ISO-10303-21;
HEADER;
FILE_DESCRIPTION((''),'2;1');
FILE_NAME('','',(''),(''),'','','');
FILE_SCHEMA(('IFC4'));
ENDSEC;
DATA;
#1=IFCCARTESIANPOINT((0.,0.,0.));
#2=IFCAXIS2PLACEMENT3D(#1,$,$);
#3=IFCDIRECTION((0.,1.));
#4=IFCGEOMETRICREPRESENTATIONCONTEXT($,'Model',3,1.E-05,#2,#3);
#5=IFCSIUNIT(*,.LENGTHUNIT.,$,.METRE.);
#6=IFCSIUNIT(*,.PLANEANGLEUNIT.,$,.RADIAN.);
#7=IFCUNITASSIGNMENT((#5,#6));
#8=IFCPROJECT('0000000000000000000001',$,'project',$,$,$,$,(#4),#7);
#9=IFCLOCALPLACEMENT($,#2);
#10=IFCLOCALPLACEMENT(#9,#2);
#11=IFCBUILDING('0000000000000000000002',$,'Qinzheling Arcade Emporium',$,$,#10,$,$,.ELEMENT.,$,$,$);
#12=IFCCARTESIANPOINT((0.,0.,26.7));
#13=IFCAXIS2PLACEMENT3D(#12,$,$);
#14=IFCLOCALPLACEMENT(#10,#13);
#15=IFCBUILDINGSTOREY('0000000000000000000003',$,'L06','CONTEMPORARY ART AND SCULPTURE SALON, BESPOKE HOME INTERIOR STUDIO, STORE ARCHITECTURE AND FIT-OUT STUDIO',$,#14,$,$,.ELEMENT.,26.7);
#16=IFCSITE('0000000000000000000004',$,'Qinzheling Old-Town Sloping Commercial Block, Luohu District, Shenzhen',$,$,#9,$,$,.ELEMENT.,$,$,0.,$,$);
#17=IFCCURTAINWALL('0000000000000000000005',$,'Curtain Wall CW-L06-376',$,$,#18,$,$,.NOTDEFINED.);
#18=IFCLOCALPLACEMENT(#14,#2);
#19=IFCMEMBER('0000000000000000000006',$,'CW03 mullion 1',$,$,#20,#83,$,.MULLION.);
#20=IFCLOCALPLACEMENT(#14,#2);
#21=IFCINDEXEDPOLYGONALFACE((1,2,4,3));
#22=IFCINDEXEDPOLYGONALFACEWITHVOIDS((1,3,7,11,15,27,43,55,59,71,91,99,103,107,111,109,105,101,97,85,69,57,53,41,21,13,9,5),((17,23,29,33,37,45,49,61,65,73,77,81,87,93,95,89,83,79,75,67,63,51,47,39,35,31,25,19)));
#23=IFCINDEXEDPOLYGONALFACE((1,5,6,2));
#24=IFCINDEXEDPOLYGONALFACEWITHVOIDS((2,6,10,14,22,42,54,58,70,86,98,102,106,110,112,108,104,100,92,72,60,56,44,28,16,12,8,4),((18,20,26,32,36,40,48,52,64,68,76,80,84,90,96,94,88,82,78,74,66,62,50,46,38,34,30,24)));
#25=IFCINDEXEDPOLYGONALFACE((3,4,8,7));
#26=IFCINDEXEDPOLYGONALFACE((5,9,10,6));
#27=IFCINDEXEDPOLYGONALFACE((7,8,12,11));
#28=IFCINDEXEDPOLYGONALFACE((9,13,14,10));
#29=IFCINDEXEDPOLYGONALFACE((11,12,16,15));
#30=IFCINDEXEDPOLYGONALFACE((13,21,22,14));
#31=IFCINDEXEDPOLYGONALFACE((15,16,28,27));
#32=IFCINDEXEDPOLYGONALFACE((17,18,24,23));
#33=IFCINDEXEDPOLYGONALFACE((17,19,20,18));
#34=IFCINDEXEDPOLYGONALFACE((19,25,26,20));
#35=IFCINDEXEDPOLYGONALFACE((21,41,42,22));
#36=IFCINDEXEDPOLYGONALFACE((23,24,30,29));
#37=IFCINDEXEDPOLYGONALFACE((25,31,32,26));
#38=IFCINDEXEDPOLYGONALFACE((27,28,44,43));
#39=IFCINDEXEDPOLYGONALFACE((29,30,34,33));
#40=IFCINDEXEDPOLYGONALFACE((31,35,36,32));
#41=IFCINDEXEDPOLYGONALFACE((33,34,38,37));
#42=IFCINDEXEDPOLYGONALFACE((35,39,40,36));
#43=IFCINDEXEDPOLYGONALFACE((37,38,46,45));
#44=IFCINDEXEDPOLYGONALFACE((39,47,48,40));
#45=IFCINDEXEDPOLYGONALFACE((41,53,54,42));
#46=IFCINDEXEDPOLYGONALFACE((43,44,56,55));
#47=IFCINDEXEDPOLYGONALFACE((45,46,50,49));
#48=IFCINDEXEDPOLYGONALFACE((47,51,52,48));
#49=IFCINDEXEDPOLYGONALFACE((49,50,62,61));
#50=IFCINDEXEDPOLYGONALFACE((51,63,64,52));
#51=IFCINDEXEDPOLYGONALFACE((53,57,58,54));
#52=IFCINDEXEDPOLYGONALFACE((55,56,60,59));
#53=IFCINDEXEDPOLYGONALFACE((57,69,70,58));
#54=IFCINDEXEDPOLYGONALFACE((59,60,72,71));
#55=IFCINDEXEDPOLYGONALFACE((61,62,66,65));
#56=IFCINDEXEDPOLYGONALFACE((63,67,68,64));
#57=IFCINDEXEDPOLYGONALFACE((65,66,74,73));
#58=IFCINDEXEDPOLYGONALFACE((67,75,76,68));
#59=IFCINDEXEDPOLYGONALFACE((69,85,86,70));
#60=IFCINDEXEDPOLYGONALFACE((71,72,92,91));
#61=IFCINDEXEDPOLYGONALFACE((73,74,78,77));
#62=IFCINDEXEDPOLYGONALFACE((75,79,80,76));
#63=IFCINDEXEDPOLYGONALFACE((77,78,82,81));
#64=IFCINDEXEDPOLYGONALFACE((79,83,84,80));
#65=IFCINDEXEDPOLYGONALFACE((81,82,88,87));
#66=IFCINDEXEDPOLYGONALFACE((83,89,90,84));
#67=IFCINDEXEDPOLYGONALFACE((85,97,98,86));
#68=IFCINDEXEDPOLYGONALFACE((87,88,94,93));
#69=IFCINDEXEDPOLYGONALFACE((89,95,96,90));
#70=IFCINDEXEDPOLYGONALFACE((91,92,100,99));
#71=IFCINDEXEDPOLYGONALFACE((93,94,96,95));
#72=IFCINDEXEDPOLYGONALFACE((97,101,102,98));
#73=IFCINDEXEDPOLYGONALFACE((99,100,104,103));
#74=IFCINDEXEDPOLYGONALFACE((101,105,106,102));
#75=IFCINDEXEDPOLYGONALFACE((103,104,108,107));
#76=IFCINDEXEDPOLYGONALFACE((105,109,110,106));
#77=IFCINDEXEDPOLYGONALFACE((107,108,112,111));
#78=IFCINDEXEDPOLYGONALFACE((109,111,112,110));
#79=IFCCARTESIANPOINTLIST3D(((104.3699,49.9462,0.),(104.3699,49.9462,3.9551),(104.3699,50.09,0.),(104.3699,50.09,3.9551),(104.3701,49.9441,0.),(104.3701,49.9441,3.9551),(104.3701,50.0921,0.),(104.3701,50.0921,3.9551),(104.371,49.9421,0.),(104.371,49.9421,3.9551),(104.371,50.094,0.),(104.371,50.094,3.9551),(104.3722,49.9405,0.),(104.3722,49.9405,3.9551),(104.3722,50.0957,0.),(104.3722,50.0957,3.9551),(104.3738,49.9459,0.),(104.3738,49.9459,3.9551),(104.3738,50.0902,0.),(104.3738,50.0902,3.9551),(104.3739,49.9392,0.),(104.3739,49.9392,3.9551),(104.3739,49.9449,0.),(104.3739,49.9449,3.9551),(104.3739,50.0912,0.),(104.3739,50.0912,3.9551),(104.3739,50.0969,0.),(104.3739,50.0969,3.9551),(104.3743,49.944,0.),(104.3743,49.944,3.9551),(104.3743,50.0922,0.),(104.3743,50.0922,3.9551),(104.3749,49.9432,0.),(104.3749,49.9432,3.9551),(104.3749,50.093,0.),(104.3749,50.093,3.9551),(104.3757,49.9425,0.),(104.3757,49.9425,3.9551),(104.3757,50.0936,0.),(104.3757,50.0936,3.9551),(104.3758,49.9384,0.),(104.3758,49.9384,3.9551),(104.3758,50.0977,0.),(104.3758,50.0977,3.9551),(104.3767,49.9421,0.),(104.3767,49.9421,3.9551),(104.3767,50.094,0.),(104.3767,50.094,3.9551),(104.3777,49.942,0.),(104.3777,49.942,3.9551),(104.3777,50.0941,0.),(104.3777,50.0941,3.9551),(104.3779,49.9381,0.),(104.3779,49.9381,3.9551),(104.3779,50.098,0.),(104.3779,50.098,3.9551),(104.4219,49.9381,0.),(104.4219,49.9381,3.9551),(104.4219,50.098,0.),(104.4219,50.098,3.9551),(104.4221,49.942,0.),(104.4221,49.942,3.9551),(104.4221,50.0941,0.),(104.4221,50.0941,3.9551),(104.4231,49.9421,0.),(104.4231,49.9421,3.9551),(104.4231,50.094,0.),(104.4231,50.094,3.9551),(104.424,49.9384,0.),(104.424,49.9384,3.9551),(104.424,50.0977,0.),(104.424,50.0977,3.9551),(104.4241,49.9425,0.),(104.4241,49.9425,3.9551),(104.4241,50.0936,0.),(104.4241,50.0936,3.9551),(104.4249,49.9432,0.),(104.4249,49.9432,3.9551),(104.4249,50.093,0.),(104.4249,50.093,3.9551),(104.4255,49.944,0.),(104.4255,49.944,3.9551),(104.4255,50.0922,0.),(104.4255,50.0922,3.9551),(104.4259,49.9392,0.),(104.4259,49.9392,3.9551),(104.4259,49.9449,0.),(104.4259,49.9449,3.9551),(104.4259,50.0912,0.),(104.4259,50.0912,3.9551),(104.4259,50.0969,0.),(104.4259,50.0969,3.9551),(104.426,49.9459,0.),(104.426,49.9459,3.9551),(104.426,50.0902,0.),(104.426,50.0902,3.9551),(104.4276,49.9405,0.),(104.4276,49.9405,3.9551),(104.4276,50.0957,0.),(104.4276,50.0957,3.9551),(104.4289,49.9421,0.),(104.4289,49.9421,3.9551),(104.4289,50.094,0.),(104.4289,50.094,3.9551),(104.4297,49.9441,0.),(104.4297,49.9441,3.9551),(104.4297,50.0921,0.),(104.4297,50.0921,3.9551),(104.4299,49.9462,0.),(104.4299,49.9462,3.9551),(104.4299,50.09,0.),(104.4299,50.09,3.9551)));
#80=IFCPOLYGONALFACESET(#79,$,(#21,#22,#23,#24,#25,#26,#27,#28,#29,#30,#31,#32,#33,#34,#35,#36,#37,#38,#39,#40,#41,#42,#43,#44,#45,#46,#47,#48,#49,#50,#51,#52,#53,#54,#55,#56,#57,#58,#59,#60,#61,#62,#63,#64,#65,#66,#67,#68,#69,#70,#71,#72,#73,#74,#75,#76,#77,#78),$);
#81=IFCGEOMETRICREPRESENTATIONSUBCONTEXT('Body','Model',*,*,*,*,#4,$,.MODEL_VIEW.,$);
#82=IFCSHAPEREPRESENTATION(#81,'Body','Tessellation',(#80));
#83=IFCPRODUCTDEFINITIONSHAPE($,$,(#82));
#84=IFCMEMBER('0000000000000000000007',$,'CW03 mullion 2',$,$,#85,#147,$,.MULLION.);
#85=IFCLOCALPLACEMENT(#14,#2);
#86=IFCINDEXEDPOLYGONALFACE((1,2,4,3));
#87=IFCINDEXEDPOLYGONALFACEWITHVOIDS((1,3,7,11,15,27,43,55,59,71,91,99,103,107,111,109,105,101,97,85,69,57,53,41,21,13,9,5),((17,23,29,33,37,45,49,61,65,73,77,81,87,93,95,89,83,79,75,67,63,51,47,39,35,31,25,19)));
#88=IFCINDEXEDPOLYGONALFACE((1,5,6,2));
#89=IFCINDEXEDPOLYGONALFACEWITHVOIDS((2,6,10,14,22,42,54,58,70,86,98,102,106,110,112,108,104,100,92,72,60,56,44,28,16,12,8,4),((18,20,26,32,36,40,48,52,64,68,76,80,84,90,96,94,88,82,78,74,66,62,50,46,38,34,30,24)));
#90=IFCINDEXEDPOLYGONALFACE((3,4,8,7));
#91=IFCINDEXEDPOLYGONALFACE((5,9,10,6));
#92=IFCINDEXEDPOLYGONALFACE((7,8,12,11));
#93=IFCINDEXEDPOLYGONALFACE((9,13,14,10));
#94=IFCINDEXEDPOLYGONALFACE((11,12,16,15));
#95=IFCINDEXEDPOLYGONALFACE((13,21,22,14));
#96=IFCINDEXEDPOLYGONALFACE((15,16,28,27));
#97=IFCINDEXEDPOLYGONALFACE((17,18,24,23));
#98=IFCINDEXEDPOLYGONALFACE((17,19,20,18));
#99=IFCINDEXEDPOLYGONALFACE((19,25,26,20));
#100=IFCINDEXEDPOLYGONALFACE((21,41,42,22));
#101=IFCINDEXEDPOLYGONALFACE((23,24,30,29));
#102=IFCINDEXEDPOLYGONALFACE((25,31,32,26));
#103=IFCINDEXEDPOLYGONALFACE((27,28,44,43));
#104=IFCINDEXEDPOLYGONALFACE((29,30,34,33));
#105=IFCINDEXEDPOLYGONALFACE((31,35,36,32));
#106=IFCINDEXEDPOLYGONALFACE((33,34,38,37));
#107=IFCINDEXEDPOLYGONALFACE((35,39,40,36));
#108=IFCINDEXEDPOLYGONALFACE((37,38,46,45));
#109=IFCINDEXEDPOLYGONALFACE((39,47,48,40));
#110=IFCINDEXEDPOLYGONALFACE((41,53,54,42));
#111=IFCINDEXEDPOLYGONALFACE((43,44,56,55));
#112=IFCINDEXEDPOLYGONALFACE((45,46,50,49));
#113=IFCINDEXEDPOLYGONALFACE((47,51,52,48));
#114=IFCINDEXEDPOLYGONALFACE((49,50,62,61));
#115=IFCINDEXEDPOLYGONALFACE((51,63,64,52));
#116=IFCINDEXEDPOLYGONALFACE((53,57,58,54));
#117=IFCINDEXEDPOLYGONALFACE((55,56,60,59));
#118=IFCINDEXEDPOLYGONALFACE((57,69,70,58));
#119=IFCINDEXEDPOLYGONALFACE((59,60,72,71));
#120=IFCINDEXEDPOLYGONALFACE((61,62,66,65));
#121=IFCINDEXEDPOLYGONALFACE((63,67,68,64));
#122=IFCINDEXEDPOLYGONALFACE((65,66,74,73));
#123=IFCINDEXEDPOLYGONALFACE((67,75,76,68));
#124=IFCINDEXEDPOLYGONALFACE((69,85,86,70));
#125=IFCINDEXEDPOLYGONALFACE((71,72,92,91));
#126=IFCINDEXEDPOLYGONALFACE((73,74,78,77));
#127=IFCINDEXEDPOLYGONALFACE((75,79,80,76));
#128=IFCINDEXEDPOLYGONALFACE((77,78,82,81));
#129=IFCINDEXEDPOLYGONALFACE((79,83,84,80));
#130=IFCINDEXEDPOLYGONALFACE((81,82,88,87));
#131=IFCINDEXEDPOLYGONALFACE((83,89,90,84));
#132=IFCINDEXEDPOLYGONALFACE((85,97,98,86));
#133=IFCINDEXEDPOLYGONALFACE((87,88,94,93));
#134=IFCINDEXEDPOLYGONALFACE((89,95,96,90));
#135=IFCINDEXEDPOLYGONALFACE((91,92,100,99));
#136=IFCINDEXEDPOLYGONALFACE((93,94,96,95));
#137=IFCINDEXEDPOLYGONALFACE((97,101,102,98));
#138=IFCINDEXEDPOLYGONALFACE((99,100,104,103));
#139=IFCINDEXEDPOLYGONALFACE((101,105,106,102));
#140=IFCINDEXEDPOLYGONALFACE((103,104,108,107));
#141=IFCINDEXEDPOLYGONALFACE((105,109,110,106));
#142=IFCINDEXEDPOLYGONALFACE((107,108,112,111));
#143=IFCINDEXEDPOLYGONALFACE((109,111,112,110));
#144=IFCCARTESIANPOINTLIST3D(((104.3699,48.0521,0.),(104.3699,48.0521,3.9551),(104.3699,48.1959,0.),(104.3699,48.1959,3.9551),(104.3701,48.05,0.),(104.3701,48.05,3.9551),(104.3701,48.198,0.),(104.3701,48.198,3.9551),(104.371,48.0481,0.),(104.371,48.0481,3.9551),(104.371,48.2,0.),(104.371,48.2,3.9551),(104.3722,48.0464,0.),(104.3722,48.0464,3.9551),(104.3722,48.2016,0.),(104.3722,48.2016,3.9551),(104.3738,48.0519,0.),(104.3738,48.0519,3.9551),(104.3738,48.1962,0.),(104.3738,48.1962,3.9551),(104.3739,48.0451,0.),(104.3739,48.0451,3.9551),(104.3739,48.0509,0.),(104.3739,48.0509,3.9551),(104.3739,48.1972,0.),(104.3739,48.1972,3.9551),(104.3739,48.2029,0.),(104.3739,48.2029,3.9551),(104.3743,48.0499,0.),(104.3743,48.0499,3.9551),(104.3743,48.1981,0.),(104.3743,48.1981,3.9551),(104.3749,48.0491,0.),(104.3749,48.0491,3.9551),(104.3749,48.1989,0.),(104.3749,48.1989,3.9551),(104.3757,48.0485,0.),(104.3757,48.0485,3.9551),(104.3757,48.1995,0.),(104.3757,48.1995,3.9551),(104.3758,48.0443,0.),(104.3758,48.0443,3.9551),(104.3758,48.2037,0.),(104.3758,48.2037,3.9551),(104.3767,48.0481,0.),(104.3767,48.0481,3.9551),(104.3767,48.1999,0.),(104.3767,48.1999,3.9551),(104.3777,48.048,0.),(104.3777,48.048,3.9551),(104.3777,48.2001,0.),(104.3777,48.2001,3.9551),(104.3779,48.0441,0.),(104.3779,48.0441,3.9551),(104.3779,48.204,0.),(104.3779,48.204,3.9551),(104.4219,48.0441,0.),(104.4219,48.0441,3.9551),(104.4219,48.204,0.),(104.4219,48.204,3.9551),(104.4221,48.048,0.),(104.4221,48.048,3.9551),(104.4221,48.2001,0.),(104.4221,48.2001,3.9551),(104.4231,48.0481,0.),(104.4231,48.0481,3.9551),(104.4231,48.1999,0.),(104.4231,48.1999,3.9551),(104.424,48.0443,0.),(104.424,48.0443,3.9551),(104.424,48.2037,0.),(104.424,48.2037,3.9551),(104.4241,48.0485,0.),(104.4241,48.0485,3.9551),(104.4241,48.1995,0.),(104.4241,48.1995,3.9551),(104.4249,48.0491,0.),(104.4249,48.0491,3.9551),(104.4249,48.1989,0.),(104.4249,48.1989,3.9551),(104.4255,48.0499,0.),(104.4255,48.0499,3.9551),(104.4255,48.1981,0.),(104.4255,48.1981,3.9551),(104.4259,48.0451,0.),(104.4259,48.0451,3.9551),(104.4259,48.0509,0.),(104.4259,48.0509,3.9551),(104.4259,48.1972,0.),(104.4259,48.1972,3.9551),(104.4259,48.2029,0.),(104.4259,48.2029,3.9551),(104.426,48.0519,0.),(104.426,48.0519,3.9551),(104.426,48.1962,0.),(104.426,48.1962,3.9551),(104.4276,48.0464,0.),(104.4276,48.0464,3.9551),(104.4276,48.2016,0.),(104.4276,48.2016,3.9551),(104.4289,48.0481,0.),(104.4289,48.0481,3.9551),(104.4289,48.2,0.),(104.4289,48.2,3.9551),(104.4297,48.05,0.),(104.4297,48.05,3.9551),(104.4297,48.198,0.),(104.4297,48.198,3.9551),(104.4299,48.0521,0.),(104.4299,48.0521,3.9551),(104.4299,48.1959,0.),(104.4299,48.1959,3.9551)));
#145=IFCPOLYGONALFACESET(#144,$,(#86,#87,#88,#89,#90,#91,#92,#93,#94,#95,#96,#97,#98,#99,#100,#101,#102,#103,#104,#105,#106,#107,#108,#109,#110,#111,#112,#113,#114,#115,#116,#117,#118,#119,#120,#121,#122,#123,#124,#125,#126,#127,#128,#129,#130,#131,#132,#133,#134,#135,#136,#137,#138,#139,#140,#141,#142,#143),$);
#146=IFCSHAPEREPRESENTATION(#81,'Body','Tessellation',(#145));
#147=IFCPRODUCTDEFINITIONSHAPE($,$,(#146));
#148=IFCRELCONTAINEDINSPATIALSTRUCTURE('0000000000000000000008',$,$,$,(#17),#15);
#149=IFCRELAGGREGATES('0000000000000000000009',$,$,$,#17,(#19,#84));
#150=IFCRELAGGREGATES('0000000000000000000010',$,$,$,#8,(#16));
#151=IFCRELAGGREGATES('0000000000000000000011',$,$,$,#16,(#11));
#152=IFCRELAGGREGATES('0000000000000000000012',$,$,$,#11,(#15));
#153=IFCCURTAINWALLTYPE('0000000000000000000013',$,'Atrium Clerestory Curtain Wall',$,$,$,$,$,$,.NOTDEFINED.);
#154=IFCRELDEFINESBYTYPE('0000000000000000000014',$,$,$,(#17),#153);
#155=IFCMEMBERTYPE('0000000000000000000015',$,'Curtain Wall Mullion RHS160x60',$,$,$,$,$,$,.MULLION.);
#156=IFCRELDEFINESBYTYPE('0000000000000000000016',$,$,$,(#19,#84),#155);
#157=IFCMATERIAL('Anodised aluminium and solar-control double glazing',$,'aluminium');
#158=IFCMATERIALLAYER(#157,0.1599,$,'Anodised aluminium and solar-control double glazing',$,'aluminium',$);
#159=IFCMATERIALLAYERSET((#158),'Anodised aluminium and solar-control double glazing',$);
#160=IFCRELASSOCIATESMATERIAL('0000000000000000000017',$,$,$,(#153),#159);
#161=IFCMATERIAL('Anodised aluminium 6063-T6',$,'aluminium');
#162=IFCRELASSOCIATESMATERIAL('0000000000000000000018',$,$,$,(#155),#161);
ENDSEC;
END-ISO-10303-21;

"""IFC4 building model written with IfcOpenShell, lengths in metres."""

from ifc_helpers import new_model, si_unit, direction, frame, origin, origin_2d, place, context, subcontext, project, spatial, hollow_rectangle, extrude, material, layer, layer_set, material_profile, profile_set, type_object, element, aggregate, save


model = new_model("IFC4")

# Units and contexts
model_context = context("Model", 3, precision=1e-05, world=origin(), true_north=direction((0.0, 1.0)))
body_context = subcontext(model_context, "Body", "Model", "MODEL_VIEW")
ifc_project = project(units=[si_unit("LENGTHUNIT", "METRE"), si_unit("PLANEANGLEUNIT", "RADIAN")], contexts=[model_context])

# Site, building, storey
site_placement = place(None, origin())
site = spatial("IfcSite", under=ifc_project, at=site_placement, Name="Qinzheling Old-Town Sloping Commercial Block, Luohu District, Shenzhen", CompositionType="ELEMENT", RefElevation=0.0)
building_placement = place(site_placement, origin())
building = spatial("IfcBuilding", under=site, at=building_placement, Name="Qinzheling Arcade Emporium", CompositionType="ELEMENT")
storey_placement = place(building_placement, frame((0.0, 0.0, 26.7)))
storey = spatial("IfcBuildingStorey", under=building, at=storey_placement, Name="L06", Description="CONTEMPORARY ART AND SCULPTURE SALON, BESPOKE HOME INTERIOR STUDIO, STORE ARCHITECTURE AND FIT-OUT STUDIO", CompositionType="ELEMENT", Elevation=26.7)

# Curtain wall, members
ifc_material_1 = material(Name="Anodised aluminium and solar-control double glazing", Category="aluminium")
ifc_layer_1 = layer(ifc_material_1, 0.1599, Name="Anodised aluminium and solar-control double glazing", Category="aluminium")
ifc_layer_set_1 = layer_set([ifc_layer_1], Name="Anodised aluminium and solar-control double glazing")
curtain_wall_type = type_object("IfcCurtainWallType", Name="Atrium Clerestory Curtain Wall", PredefinedType="NOTDEFINED", material=ifc_layer_set_1)
curtain_wall_placement = place(storey_placement, origin())
curtain_wall = element("IfcCurtainWall", 1, at=curtain_wall_placement, inside=storey, type_object=curtain_wall_type, Name="Curtain Wall CW-L06-376", PredefinedType="NOTDEFINED")
ifc_material_2 = material(Name="Anodised aluminium 6063-T6", Category="aluminium")
ifc_material_profile_1 = material_profile(ifc_material_2, hollow_rectangle(XDim=0.0601, YDim=0.1599, WallThickness=0.0039, InnerFilletRadius=0.0039, OuterFilletRadius=0.0081, at=origin_2d()), Name="RHS 160x60x4", Category="aluminium")
ifc_profile_set_1 = profile_set([ifc_material_profile_1], Name="Anodised aluminium 6063-T6")
member_type_1 = type_object("IfcMemberType", Name="Curtain Wall Mullion RHS160x60", PredefinedType="MULLION", material=ifc_profile_set_1)
member_1_placement = place(storey_placement, frame((104.3999, 50.0181, 0.0), z_axis=(0.0, 0.0, 1.0), x_axis=(1.0, 0.0, 0.0)))
member_1 = element("IfcMember", 2, at=member_1_placement, type_object=member_type_1, Name="CW03 mullion 1", PredefinedType="MULLION", context=body_context, shape_type="SweptSolid", body=[
    extrude(hollow_rectangle(XDim=0.0601, YDim=0.1599, WallThickness=0.0039, InnerFilletRadius=0.0039, OuterFilletRadius=0.0081, at=origin_2d()), origin(), (0.0, 0.0, 1.0), 3.9551),
])
member_2_placement = place(storey_placement, frame((104.3999, 48.124, 0.0), z_axis=(0.0, 0.0, 1.0), x_axis=(1.0, 0.0, 0.0)))
member_2 = element("IfcMember", 3, at=member_2_placement, type_object=member_type_1, Name="CW03 mullion 2", PredefinedType="MULLION", context=body_context, shape_type="SweptSolid", body=[
    extrude(hollow_rectangle(XDim=0.0601, YDim=0.1599, WallThickness=0.0039, InnerFilletRadius=0.0039, OuterFilletRadius=0.0081, at=origin_2d()), origin(), (0.0, 0.0, 1.0), 3.9551),
])

aggregate(curtain_wall, [member_1, member_2])

save(model, "model.ifc")
